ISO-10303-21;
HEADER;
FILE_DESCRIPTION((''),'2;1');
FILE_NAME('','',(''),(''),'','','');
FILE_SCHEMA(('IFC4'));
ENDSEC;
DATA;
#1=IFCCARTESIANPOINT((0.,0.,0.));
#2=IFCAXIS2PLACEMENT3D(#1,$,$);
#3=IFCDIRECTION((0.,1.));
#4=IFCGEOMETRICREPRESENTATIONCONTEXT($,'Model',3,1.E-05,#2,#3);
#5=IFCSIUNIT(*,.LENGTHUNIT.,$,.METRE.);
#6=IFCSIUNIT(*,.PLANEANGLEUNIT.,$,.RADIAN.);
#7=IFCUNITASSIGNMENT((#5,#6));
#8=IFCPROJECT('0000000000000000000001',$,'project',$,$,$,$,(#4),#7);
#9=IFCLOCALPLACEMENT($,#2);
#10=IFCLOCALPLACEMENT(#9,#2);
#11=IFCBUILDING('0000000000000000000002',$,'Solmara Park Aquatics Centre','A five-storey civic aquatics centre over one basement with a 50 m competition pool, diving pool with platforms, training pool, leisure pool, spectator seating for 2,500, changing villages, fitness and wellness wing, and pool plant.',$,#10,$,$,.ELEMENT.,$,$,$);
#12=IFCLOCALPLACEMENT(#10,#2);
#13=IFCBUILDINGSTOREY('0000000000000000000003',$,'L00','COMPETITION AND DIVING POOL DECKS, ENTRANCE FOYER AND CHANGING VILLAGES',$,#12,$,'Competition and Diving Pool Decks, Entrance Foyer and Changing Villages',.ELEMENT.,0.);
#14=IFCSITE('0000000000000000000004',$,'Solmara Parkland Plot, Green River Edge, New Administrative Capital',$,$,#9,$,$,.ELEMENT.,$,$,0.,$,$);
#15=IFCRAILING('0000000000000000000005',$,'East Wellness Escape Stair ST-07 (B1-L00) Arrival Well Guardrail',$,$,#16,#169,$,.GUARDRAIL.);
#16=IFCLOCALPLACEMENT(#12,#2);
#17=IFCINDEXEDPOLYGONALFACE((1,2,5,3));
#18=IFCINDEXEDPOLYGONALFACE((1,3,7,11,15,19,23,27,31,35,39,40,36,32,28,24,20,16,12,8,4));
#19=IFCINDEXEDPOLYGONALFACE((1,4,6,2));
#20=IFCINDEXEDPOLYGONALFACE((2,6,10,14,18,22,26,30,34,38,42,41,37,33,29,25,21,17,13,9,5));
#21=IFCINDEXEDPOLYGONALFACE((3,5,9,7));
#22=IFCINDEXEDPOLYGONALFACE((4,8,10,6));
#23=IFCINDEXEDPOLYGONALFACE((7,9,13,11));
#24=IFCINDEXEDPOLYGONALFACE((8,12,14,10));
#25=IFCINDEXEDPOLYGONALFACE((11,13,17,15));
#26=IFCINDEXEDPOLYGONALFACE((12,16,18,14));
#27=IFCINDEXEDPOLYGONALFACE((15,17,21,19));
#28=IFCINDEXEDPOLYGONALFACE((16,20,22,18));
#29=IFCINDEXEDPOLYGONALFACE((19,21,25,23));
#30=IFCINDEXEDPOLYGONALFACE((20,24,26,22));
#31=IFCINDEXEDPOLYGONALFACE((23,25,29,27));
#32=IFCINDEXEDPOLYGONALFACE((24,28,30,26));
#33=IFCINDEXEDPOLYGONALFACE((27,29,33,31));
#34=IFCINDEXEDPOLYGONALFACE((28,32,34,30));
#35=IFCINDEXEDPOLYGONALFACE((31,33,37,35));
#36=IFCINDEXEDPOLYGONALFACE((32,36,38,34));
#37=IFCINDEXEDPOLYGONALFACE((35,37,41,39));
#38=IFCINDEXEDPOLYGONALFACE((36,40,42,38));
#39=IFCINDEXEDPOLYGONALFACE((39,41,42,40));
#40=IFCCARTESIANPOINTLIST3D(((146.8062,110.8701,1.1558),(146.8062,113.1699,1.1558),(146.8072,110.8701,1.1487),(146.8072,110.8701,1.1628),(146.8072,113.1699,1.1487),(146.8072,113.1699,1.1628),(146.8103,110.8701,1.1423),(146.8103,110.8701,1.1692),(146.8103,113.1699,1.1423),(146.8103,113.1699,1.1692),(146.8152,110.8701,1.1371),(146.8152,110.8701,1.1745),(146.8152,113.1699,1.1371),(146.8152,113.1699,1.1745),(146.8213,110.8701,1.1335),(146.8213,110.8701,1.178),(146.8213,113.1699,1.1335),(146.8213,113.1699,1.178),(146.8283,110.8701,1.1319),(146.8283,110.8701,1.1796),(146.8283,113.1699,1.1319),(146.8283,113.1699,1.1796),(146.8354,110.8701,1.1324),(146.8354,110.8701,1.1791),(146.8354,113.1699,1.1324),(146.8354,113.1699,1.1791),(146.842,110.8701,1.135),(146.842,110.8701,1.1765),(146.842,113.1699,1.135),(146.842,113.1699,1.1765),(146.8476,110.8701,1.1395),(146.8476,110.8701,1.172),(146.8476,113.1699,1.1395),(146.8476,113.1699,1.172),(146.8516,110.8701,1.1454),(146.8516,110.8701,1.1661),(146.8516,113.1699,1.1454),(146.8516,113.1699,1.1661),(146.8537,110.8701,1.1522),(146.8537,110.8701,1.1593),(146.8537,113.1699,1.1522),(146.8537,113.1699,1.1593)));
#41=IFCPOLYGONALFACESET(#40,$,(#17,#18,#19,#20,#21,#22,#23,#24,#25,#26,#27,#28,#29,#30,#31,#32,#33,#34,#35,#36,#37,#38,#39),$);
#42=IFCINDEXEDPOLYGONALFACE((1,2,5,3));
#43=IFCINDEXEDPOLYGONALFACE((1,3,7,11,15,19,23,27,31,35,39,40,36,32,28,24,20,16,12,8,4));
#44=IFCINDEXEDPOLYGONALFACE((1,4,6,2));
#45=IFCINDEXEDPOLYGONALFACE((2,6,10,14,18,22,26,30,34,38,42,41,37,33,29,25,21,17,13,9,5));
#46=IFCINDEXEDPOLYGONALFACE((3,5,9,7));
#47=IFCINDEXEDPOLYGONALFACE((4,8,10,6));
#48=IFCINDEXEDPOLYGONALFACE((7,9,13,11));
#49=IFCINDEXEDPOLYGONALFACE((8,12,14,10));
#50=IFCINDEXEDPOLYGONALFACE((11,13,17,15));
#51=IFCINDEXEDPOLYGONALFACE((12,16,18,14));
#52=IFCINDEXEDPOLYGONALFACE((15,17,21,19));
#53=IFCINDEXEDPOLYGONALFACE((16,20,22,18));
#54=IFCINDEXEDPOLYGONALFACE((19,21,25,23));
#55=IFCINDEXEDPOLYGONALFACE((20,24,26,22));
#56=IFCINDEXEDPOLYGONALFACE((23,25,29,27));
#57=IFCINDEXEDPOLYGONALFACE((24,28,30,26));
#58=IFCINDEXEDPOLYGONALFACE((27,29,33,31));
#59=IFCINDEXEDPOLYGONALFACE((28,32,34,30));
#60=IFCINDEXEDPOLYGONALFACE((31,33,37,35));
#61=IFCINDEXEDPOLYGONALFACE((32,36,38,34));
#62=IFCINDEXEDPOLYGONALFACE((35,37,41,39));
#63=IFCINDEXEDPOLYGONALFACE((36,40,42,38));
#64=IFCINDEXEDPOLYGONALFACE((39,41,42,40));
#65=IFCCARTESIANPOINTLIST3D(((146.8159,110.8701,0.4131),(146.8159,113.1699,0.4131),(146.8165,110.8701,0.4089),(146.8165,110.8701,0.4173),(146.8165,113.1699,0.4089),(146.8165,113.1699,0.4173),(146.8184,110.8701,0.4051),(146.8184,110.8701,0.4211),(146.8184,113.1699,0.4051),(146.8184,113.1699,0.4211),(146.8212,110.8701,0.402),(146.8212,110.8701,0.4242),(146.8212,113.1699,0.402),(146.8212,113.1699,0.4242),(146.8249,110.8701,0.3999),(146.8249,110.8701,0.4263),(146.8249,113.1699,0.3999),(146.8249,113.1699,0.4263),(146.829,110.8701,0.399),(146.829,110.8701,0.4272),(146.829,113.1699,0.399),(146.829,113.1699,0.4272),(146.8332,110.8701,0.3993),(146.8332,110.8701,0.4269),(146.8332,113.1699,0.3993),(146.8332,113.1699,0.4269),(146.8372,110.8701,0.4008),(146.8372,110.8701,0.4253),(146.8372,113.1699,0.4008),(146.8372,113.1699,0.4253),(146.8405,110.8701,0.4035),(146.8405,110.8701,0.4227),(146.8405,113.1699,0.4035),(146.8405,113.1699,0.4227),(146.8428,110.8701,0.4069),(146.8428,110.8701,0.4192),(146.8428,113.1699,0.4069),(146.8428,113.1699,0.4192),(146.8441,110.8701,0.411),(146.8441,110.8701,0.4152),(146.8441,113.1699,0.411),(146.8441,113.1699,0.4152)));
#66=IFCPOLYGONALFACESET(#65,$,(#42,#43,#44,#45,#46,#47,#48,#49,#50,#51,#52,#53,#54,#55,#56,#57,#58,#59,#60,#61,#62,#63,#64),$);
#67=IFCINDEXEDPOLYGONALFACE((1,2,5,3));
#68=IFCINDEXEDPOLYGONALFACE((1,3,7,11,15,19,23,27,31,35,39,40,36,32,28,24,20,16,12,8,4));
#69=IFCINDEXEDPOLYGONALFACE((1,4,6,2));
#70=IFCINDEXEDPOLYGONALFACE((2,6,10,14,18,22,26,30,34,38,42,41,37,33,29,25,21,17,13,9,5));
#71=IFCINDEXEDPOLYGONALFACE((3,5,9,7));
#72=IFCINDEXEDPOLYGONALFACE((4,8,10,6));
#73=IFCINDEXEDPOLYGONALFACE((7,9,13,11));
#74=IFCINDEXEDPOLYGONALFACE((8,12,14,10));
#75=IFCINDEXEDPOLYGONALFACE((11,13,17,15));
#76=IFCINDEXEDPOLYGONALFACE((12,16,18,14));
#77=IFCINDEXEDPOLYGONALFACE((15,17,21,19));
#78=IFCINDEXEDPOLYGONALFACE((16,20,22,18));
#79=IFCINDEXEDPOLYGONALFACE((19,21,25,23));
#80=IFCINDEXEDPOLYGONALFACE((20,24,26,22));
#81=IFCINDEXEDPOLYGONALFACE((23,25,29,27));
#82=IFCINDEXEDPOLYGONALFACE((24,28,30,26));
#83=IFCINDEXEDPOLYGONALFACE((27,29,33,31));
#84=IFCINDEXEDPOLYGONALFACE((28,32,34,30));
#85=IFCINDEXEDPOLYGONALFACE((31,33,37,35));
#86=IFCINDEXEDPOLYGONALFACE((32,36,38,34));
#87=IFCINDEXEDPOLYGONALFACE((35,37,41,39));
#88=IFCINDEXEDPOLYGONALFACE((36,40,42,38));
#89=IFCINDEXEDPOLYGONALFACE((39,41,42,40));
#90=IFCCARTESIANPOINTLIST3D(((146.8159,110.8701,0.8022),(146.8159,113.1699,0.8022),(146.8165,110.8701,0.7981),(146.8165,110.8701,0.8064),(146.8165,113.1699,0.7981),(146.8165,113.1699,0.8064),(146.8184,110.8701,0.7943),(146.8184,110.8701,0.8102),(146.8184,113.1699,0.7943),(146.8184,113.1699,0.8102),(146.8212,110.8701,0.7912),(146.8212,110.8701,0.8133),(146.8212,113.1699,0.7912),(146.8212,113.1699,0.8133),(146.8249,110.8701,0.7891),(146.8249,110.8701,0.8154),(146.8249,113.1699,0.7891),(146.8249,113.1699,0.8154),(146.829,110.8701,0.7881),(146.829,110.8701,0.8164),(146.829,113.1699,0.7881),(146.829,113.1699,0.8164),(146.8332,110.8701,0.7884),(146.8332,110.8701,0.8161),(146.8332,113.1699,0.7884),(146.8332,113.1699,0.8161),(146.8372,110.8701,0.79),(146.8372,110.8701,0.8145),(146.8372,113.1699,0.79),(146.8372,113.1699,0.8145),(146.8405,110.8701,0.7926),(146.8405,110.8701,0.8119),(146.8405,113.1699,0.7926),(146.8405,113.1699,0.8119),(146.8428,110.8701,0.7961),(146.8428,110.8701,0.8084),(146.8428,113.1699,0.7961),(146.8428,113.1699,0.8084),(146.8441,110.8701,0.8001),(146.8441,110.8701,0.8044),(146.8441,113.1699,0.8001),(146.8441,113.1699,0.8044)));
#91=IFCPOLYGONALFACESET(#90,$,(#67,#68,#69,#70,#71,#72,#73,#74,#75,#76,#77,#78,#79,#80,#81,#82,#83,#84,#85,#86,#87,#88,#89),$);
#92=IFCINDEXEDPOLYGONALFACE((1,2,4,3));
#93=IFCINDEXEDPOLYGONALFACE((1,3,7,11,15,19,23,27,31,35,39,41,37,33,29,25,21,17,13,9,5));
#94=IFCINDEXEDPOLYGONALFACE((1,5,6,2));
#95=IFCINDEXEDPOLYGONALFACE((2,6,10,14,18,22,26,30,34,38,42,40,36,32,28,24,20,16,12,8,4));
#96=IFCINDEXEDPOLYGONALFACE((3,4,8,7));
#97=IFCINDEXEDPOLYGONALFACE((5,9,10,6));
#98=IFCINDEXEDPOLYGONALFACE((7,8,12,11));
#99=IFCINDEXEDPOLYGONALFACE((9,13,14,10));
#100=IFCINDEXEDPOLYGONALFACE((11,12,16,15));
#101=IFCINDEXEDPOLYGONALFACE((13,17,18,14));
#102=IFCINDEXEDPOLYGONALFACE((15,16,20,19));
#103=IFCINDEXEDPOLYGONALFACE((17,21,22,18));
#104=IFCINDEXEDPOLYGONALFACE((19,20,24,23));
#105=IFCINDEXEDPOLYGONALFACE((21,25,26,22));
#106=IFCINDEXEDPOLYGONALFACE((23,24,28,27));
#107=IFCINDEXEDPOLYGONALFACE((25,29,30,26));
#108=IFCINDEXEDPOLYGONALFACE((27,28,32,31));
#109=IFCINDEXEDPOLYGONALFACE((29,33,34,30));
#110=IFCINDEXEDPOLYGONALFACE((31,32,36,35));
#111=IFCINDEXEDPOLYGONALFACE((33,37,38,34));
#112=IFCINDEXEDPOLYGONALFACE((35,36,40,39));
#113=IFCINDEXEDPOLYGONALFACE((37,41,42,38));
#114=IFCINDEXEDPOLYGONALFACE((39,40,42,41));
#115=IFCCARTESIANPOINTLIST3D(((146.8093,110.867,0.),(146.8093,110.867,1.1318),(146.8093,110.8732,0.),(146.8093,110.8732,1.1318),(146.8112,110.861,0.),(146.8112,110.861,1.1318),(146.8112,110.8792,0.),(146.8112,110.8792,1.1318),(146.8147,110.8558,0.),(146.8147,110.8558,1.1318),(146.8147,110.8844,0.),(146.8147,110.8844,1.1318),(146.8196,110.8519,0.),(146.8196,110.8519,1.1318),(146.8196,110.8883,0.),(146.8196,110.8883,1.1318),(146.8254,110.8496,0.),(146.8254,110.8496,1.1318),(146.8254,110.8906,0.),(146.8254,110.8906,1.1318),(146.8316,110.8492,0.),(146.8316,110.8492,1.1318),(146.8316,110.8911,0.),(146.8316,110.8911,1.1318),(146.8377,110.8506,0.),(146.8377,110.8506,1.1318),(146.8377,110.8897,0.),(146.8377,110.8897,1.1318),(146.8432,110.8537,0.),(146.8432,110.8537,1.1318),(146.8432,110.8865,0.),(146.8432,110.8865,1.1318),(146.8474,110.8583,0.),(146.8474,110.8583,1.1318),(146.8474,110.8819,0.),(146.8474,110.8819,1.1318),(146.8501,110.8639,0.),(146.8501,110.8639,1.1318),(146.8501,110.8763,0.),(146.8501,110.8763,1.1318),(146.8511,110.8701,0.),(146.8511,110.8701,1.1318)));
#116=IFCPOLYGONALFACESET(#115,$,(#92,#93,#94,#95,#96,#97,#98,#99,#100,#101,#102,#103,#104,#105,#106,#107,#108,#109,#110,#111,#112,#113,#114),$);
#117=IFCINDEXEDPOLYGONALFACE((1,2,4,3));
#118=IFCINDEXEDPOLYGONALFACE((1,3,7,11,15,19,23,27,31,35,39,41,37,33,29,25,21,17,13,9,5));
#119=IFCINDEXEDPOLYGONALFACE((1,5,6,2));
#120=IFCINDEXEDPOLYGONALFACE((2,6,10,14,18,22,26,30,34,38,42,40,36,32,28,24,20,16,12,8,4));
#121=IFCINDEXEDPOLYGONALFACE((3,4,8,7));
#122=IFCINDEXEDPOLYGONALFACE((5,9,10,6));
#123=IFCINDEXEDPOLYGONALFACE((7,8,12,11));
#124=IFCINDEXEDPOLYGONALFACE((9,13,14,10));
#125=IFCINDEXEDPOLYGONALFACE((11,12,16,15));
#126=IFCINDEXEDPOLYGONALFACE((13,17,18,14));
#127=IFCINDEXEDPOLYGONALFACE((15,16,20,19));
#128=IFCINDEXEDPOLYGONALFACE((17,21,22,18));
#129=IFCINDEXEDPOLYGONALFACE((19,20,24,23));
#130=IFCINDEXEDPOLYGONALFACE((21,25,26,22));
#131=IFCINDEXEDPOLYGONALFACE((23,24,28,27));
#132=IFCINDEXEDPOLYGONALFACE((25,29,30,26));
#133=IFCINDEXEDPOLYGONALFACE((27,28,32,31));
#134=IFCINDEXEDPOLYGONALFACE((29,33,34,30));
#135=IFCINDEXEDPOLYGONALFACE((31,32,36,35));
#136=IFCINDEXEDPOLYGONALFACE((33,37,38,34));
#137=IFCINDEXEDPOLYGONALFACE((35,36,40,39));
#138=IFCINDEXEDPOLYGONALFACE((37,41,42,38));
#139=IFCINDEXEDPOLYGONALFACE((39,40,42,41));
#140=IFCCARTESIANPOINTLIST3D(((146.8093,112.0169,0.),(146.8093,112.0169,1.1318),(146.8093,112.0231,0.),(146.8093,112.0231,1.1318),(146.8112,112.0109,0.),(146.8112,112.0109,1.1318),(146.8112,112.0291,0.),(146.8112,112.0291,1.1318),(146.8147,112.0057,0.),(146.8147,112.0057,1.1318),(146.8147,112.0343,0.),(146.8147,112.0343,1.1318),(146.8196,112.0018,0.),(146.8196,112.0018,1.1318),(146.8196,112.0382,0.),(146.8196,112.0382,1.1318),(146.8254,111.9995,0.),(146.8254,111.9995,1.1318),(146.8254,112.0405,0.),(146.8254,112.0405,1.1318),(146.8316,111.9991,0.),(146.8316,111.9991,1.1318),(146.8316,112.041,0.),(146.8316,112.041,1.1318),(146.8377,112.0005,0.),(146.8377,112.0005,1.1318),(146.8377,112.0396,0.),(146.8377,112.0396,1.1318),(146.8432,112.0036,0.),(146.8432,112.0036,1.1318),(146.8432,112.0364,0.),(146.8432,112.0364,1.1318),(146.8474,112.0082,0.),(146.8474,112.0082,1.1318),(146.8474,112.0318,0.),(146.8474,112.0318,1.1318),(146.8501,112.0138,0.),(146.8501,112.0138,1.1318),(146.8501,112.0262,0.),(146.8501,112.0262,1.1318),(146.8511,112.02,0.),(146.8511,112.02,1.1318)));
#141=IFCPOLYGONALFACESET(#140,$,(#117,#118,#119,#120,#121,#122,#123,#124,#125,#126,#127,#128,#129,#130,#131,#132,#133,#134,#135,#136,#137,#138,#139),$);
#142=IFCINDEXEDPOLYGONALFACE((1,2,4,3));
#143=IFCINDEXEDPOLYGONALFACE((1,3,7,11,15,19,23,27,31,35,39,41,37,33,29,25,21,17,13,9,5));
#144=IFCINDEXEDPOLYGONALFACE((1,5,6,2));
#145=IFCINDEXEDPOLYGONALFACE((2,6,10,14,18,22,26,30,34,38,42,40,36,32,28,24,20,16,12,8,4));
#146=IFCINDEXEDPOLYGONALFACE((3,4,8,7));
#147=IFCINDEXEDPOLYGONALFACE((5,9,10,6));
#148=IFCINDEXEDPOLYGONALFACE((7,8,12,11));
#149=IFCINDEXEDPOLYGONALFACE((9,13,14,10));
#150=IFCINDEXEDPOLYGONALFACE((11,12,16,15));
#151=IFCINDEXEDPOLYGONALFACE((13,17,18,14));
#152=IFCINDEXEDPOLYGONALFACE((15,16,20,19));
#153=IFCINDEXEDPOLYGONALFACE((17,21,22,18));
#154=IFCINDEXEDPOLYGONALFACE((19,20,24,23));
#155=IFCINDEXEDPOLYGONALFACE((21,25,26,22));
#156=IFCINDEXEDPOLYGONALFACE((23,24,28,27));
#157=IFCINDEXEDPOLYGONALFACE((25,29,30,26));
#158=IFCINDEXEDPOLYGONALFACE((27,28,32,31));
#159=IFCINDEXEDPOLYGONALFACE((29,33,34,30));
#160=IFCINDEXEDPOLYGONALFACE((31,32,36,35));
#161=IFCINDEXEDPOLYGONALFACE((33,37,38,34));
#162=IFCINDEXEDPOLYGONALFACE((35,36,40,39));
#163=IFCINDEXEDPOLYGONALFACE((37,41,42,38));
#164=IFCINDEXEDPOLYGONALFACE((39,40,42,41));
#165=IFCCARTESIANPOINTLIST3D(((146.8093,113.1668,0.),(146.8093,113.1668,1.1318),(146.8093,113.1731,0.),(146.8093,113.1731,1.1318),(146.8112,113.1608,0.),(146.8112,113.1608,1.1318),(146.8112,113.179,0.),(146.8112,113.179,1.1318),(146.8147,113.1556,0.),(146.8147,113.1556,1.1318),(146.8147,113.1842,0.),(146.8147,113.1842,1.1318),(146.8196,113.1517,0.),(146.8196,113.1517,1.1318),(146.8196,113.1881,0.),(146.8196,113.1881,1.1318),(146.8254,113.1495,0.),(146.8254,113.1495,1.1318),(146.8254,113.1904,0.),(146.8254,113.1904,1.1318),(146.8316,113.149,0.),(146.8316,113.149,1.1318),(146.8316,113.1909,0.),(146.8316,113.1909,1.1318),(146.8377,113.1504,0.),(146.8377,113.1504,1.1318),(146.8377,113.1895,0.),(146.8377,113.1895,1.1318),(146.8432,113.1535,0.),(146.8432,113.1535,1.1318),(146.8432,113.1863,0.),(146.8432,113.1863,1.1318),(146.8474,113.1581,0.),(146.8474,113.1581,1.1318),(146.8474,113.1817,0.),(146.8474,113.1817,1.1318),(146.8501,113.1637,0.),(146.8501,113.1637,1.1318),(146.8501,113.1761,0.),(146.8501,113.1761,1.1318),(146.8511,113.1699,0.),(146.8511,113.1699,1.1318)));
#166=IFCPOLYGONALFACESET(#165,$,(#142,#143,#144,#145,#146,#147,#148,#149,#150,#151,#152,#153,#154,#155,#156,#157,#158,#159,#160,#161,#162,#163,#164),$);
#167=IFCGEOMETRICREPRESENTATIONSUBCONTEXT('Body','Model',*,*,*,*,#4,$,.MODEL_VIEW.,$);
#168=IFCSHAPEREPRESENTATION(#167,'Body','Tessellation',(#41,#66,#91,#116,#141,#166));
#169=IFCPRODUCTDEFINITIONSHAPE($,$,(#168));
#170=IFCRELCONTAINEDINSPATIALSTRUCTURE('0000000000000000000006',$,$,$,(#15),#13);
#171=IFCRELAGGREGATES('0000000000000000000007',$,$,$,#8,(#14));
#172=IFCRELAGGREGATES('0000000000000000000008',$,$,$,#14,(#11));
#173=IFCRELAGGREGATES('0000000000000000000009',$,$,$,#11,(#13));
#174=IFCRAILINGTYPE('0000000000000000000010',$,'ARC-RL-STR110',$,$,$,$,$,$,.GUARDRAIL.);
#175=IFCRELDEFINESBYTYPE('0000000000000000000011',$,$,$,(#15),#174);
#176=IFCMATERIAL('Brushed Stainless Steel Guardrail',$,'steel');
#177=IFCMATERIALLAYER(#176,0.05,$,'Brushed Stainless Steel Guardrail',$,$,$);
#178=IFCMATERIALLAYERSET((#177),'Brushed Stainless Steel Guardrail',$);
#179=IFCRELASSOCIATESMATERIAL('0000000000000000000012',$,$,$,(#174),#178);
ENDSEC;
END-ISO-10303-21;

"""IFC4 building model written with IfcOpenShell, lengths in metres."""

from ifc_helpers import new_model, si_unit, direction, frame, origin, origin_2d, place, context, subcontext, project, spatial, circle, extrude, material, layer, layer_set, type_object, element, save


model = new_model("IFC4")

# Units and contexts
model_context = context("Model", 3, precision=1e-05, world=origin(), true_north=direction((0.0, 1.0)))
body_context = subcontext(model_context, "Body", "Model", "MODEL_VIEW")
ifc_project = project(units=[si_unit("LENGTHUNIT", "METRE"), si_unit("PLANEANGLEUNIT", "RADIAN")], contexts=[model_context])

# Site, building, storey
site_placement = place(None, origin())
site = spatial("IfcSite", under=ifc_project, at=site_placement, Name="Solmara Parkland Plot, Green River Edge, New Administrative Capital", CompositionType="ELEMENT", RefElevation=0.0)
building_placement = place(site_placement, origin())
building = spatial("IfcBuilding", under=site, at=building_placement, Name="Solmara Park Aquatics Centre", Description="A five-storey civic aquatics centre over one basement with a 50 m competition pool, diving pool with platforms, training pool, leisure pool, spectator seating for 2,500, changing villages, fitness and wellness wing, and pool plant.", CompositionType="ELEMENT")
storey_placement = place(building_placement, origin())
storey = spatial("IfcBuildingStorey", under=building, at=storey_placement, Name="L00", Description="COMPETITION AND DIVING POOL DECKS, ENTRANCE FOYER AND CHANGING VILLAGES", LongName="Competition and Diving Pool Decks, Entrance Foyer and Changing Villages", CompositionType="ELEMENT", Elevation=0.0)

# Railing
ifc_material_1 = material(Name="Brushed Stainless Steel Guardrail", Category="steel")
ifc_layer_1 = layer(ifc_material_1, 0.05, Name="Brushed Stainless Steel Guardrail")
ifc_layer_set_1 = layer_set([ifc_layer_1], Name="Brushed Stainless Steel Guardrail")
railing_type_1 = type_object("IfcRailingType", Name="ARC-RL-STR110", PredefinedType="GUARDRAIL", material=ifc_layer_set_1)
railing_1_placement = place(storey_placement, frame((146.8301, 110.8701, 0.0)))
element("IfcRailing", 1, at=railing_1_placement, inside=storey, type_object=railing_type_1, Name="East Wellness Escape Stair ST-07 (B1-L00) Arrival Well Guardrail", PredefinedType="GUARDRAIL", context=body_context, shape_type="SweptSolid", body=[
    extrude(circle(Radius=0.0239, at=origin_2d()), frame((0.0, 0.0, 1.1558), z_axis=(0.0, 1.0, 0.0), x_axis=(-1.0, 0.0, 0.0)), (0.0, 0.0, 1.0), 2.2998),
    extrude(circle(Radius=0.0142, at=origin_2d()), frame((0.0, 0.0, 0.4131), z_axis=(0.0, 1.0, 0.0), x_axis=(-1.0, 0.0, 0.0)), (0.0, 0.0, 1.0), 2.2998),
    extrude(circle(Radius=0.0142, at=origin_2d()), frame((0.0, 0.0, 0.8022), z_axis=(0.0, 1.0, 0.0), x_axis=(-1.0, 0.0, 0.0)), (0.0, 0.0, 1.0), 2.2998),
    extrude(circle(Radius=0.021, at=origin_2d()), origin(), (0.0, 0.0, 1.0), 1.1318),
    extrude(circle(Radius=0.021, at=origin_2d()), frame((0.0, 1.1499, 0.0)), (0.0, 0.0, 1.0), 1.1318),
    extrude(circle(Radius=0.021, at=origin_2d()), frame((0.0, 2.2998, 0.0)), (0.0, 0.0, 1.0), 1.1318),
])

save(model, "model.ifc")
